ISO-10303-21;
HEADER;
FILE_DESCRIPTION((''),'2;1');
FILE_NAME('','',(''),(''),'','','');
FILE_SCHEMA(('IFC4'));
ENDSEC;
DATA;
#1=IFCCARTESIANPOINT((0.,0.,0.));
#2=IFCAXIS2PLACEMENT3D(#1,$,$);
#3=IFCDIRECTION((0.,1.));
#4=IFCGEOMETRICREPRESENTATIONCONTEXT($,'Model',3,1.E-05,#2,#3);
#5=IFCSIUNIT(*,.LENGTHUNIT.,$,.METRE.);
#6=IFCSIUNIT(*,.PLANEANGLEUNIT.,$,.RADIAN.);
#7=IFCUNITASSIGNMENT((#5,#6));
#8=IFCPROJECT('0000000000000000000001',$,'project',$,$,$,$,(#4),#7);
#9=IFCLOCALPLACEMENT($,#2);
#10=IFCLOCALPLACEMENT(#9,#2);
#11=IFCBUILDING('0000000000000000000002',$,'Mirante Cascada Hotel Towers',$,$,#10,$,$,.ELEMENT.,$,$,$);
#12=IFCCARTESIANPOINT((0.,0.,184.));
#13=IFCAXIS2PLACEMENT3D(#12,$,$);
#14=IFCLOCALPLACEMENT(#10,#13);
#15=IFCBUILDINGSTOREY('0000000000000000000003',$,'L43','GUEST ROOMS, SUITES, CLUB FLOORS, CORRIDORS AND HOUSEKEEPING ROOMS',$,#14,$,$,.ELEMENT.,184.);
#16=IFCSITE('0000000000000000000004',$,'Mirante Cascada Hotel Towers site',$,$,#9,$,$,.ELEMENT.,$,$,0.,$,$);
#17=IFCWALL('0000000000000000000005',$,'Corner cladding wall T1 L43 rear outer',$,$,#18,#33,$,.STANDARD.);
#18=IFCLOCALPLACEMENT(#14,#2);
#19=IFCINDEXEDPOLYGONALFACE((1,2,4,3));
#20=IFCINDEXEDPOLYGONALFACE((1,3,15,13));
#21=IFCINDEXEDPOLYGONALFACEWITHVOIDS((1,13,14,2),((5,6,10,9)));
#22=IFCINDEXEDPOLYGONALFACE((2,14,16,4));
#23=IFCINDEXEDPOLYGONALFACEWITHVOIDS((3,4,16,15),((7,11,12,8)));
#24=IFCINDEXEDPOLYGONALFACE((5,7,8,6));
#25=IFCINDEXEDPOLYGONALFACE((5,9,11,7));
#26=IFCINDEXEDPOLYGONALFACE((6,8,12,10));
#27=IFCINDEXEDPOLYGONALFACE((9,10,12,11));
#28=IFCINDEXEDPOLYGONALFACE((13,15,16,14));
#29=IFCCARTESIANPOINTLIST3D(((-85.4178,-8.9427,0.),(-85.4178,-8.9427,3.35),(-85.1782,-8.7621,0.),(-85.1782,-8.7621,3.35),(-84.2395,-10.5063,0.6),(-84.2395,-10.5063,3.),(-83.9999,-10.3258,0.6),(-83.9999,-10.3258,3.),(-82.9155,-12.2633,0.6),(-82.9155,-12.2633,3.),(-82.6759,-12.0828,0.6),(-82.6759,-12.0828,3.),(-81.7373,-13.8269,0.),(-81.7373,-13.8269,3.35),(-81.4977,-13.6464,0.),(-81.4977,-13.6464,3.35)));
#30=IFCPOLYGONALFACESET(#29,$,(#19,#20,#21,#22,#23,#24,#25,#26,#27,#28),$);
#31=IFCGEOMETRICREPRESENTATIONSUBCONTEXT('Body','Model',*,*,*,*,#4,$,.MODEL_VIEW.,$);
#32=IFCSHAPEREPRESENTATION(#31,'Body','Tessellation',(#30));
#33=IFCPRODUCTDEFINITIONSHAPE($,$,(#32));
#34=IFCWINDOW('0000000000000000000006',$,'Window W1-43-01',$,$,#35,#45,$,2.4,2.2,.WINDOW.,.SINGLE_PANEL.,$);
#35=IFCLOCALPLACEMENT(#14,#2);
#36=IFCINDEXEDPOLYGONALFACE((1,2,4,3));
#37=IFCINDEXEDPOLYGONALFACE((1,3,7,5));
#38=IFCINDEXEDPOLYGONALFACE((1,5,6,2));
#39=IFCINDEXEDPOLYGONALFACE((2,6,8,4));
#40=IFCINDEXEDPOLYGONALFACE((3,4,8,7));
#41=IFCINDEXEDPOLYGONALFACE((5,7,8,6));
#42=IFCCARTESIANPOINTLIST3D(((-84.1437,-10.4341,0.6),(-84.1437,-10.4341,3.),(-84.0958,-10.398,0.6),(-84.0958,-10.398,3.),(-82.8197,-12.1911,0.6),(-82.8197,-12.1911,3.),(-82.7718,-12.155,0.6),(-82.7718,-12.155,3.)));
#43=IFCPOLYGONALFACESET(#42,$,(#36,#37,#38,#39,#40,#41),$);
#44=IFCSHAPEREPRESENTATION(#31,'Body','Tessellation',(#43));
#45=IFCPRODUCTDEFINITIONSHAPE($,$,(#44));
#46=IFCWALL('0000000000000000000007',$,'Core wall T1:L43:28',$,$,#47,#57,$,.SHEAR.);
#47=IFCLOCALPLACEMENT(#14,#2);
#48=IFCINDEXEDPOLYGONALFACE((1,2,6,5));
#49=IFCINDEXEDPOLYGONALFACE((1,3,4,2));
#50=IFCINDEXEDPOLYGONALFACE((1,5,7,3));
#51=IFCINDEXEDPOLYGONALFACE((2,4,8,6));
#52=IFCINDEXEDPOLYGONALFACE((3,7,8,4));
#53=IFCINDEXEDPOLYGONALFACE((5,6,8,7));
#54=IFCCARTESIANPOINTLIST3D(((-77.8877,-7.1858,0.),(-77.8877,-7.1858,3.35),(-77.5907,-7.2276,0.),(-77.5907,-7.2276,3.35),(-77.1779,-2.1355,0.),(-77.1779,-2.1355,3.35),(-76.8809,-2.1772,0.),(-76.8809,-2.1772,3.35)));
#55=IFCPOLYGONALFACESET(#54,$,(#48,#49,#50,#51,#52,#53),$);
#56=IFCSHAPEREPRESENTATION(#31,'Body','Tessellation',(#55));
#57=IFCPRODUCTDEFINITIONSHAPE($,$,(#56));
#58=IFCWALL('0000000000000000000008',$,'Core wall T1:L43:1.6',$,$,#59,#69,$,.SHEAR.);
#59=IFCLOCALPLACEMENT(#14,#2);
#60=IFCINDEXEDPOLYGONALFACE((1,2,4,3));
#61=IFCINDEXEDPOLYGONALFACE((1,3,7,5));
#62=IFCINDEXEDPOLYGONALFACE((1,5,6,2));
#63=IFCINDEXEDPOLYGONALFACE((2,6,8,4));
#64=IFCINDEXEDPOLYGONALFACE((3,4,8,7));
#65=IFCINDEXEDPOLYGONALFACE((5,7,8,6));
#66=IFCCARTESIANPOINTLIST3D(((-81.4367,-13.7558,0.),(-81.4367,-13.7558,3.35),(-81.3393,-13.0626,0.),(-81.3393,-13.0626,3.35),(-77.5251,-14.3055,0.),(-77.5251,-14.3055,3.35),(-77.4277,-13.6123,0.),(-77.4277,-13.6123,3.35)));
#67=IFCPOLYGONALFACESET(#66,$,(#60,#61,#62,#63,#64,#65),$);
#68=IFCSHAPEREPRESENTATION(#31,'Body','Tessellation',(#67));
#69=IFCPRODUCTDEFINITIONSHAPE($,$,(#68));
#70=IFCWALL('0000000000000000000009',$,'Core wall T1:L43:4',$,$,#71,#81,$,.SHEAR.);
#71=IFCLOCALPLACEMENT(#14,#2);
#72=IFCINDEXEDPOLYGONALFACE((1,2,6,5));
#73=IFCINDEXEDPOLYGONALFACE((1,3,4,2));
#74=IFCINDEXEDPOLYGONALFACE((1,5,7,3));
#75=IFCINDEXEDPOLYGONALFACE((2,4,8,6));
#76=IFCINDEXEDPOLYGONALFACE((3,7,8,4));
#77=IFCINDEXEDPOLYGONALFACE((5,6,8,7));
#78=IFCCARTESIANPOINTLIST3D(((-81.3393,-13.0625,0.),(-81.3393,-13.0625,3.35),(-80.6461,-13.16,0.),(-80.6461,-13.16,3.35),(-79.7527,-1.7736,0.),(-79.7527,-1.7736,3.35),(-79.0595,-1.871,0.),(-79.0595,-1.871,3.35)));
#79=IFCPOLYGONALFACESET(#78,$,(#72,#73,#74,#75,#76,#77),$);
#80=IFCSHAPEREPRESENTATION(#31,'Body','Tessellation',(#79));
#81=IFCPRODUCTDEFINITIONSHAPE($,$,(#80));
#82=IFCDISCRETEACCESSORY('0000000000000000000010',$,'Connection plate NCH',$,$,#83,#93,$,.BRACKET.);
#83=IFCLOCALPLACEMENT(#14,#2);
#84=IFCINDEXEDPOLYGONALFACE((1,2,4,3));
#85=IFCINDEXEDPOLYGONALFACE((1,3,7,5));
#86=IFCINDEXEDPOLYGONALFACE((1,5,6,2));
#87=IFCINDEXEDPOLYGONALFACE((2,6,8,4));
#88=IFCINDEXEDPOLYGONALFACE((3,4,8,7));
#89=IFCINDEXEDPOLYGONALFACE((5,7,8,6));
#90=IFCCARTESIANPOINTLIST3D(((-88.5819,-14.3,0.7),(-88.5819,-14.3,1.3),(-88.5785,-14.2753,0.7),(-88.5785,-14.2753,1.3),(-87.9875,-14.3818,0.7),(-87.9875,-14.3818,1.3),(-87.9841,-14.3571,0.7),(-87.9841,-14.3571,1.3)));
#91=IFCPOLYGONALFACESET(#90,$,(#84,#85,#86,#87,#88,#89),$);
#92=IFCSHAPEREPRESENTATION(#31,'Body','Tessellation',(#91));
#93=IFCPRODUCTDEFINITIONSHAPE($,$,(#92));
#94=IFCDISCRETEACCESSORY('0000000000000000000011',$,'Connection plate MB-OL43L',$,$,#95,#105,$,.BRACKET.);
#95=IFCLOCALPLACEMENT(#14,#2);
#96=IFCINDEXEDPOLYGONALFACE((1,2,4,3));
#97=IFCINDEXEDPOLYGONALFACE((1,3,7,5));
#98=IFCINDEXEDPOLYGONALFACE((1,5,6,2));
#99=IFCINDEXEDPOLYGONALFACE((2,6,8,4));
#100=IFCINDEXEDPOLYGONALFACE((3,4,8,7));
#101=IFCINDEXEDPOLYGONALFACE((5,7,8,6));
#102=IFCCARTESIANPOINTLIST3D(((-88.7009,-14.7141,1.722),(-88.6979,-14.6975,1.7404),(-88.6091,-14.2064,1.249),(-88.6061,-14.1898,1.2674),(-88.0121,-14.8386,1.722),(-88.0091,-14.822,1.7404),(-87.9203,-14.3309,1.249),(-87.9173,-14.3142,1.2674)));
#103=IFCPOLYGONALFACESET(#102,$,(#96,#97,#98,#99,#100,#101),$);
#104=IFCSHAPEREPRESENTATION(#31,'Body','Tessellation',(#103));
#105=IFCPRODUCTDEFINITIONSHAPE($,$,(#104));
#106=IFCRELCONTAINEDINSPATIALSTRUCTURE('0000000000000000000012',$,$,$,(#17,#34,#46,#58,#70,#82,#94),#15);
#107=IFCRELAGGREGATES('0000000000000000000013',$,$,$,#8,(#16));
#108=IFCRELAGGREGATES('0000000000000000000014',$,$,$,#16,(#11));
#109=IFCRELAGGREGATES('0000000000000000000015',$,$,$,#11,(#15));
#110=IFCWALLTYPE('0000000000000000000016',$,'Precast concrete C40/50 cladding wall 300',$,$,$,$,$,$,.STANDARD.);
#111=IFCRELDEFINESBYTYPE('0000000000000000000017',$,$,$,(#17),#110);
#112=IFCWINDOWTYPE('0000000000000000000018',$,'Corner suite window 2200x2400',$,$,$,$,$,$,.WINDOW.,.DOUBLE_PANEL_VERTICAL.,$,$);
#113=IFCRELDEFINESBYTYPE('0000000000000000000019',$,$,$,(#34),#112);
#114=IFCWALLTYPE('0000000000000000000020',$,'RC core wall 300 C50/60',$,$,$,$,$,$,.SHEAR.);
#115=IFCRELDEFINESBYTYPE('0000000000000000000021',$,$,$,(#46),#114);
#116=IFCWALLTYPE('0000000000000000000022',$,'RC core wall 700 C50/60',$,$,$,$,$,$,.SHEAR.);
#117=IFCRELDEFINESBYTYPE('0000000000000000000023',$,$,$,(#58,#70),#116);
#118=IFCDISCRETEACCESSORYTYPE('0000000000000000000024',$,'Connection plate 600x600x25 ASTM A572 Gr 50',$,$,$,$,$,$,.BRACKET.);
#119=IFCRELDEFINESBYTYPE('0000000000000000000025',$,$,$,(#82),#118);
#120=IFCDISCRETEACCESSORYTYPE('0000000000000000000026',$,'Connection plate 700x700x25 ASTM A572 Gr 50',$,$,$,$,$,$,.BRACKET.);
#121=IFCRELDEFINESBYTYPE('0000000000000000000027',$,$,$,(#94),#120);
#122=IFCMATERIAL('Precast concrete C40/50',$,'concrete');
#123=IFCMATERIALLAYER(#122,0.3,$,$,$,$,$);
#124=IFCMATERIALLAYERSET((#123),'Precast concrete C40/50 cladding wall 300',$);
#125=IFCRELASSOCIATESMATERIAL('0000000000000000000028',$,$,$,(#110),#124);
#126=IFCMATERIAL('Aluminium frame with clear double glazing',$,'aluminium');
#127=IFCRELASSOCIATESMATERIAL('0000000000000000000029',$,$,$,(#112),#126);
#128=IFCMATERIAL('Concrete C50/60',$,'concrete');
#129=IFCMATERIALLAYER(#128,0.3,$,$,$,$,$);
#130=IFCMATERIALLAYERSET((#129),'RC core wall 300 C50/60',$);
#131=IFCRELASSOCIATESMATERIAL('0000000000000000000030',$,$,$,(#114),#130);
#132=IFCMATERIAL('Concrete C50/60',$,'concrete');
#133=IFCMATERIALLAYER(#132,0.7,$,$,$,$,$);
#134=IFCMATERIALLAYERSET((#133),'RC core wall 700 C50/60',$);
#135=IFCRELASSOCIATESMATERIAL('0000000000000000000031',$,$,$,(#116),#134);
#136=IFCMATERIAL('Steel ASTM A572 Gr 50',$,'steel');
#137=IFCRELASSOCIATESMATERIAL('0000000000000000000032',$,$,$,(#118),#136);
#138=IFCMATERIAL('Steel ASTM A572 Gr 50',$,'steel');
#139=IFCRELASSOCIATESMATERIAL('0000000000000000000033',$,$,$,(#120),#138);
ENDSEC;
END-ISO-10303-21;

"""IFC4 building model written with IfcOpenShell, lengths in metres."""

from ifc_helpers import new_model, si_unit, direction, frame, frame_2d, origin, origin_2d, place, context, subcontext, project, spatial, rectangle, extrude, material, layer, layer_set, material_profile, profile_set, type_object, element, fill, save


model = new_model("IFC4")

# Units and contexts
model_context = context("Model", 3, precision=1e-05, world=origin(), true_north=direction((0.0, 1.0)))
body_context = subcontext(model_context, "Body", "Model", "MODEL_VIEW")
ifc_project = project(units=[si_unit("LENGTHUNIT", "METRE"), si_unit("PLANEANGLEUNIT", "RADIAN")], contexts=[model_context])

# Site, building, storey
site_placement = place(None, origin())
site = spatial("IfcSite", under=ifc_project, at=site_placement, Name="Mirante Cascada Hotel Towers site", CompositionType="ELEMENT", RefElevation=0.0)
building_placement = place(site_placement, origin())
building = spatial("IfcBuilding", under=site, at=building_placement, Name="Mirante Cascada Hotel Towers", CompositionType="ELEMENT")
storey_placement = place(building_placement, frame((0.0, 0.0, 184.0)))
storey = spatial("IfcBuildingStorey", under=building, at=storey_placement, Name="L43", Description="GUEST ROOMS, SUITES, CLUB FLOORS, CORRIDORS AND HOUSEKEEPING ROOMS", CompositionType="ELEMENT", Elevation=184.0)

# Wall, opening, window
ifc_material_1 = material(Name="Precast concrete C40/50", Category="concrete")
ifc_layer_1 = layer(ifc_material_1, 0.3)
ifc_layer_set_1 = layer_set([ifc_layer_1], Name="Precast concrete C40/50 cladding wall 300")
wall_type_1 = type_object("IfcWallType", Name="Precast concrete C40/50 cladding wall 300", PredefinedType="STANDARD", material=ifc_layer_set_1)
wall_1_placement = place(storey_placement, frame((-81.6175, -13.7366, 0.0), z_axis=(0.0, 0.0, 1.0), x_axis=(-0.601814, 0.798636, 0.0)))
wall_1 = element("IfcWall", 1, at=wall_1_placement, inside=storey, type_object=wall_type_1, Name="Corner cladding wall T1 L43 rear outer", PredefinedType="STANDARD", context=body_context, shape_type="SweptSolid", body=[
    extrude(rectangle(XDim=6.1157, YDim=0.3, at=frame_2d((3.0578, 0.0))), origin(), (0.0, 0.0, 1.0), 3.35),
])
opening_1_placement = place(wall_1_placement, frame((1.9578, 0.0, 0.6)))
opening_1 = element("IfcOpeningElement", 2, at=opening_1_placement, cuts=wall_1, PredefinedType="OPENING", context=body_context, shape_type="SweptSolid", body=[
    extrude(rectangle(XDim=2.2, YDim=2.4, at=frame_2d((1.1, 1.2))), frame((0.0, 0.15, 0.0), z_axis=(0.0, -1.0, 0.0), x_axis=(1.0, 0.0, 0.0)), (0.0, 0.0, 1.0), 0.3),
])
ifc_material_2 = material(Name="Aluminium frame with clear double glazing", Category="aluminium")
window_type = type_object("IfcWindowType", Name="Corner suite window 2200x2400", PartitioningType="DOUBLE_PANEL_VERTICAL", PredefinedType="WINDOW", material=ifc_material_2)
window_placement = place(opening_1_placement, origin())
window = element("IfcWindow", 3, at=window_placement, inside=storey, type_object=window_type, Name="Window W1-43-01", OverallHeight=2.4, OverallWidth=2.2, PartitioningType="SINGLE_PANEL", PredefinedType="WINDOW", context=body_context, shape_type="SweptSolid", body=[
    extrude(rectangle(XDim=2.2, YDim=2.4, at=frame_2d((1.1, 1.2))), frame((0.0, 0.03, 0.0), z_axis=(0.0, -1.0, 0.0), x_axis=(1.0, 0.0, 0.0)), (0.0, 0.0, 1.0), 0.06),
])
fill(opening_1, window)

# Walls
ifc_material_3 = material(Name="Concrete C50/60", Category="concrete")
ifc_layer_2 = layer(ifc_material_3, 0.3)
ifc_layer_set_2 = layer_set([ifc_layer_2], Name="RC core wall 300 C50/60")
wall_type_2 = type_object("IfcWallType", Name="RC core wall 300 C50/60", PredefinedType="SHEAR", material=ifc_layer_set_2)
wall_2_placement = place(storey_placement, frame((-77.7392, -7.2067, 0.0), z_axis=(0.0, 0.0, 1.0), x_axis=(0.139176, 0.990268, 0.0)))
element("IfcWall", 4, at=wall_2_placement, inside=storey, type_object=wall_type_2, Name="Core wall T1:L43:28", PredefinedType="SHEAR", context=body_context, shape_type="SweptSolid", body=[
    extrude(rectangle(XDim=5.1, YDim=0.3, at=frame_2d((2.55, 0.0))), origin(), (0.0, 0.0, 1.0), 3.35),
])
ifc_material_4 = material(Name="Concrete C50/60", Category="concrete")
ifc_layer_3 = layer(ifc_material_4, 0.7)
ifc_layer_set_3 = layer_set([ifc_layer_3], Name="RC core wall 700 C50/60")
wall_type_3 = type_object("IfcWallType", Name="RC core wall 700 C50/60", PredefinedType="SHEAR", material=ifc_layer_set_3)
wall_3_placement = place(storey_placement, frame((-77.4764, -13.9589, 0.0), z_axis=(0.0, 0.0, 1.0), x_axis=(-0.990269, 0.139163, 0.0)))
element("IfcWall", 5, at=wall_3_placement, inside=storey, type_object=wall_type_3, Name="Core wall T1:L43:1.6", PredefinedType="SHEAR", context=body_context, shape_type="SweptSolid", body=[
    extrude(rectangle(XDim=3.95, YDim=0.7, at=frame_2d((1.975, 0.0))), origin(), (0.0, 0.0, 1.0), 3.35),
])
wall_4_placement = place(storey_placement, frame((-80.9927, -13.1113, 0.0), z_axis=(0.0, 0.0, 1.0), x_axis=(0.139176, 0.990268, 0.0)))
element("IfcWall", 6, at=wall_4_placement, inside=storey, type_object=wall_type_3, Name="Core wall T1:L43:4", PredefinedType="SHEAR", context=body_context, shape_type="SweptSolid", body=[
    extrude(rectangle(XDim=11.3999, YDim=0.7, at=frame_2d((5.7, 0.0))), origin(), (0.0, 0.0, 1.0), 3.35),
])

# Discrete accessories
ifc_material_5 = material(Name="Steel ASTM A572 Gr 50", Category="steel")
ifc_material_profile_1 = material_profile(ifc_material_5, rectangle(XDim=0.6, YDim=0.6, at=origin_2d()), Name="Connection plate 600x600x25 ASTM A572 Gr 50")
ifc_profile_set_1 = profile_set([ifc_material_profile_1], Name="Steel ASTM A572 Gr 50")
discrete_accessory_type_1 = type_object("IfcDiscreteAccessoryType", Name="Connection plate 600x600x25 ASTM A572 Gr 50", PredefinedType="BRACKET", material=ifc_profile_set_1)
discrete_accessory_1_placement = place(storey_placement, frame((-88.2847, -14.3409, 1.0), z_axis=(0.136366, 0.990658, 0.0), x_axis=(-0.990658, 0.136366, 0.0)))
element("IfcDiscreteAccessory", 7, at=discrete_accessory_1_placement, inside=storey, type_object=discrete_accessory_type_1, Name="Connection plate NCH", PredefinedType="BRACKET", context=body_context, shape_type="SweptSolid", body=[
    extrude(rectangle(XDim=0.6, YDim=0.6, at=origin_2d()), origin(), (0.0, 0.0, 1.0), 0.0249),
])
ifc_material_6 = material(Name="Steel ASTM A572 Gr 50", Category="steel")
ifc_material_profile_2 = material_profile(ifc_material_6, rectangle(XDim=0.7, YDim=0.7, at=origin_2d()), Name="Connection plate 700x700x25 ASTM A572 Gr 50")
ifc_profile_set_2 = profile_set([ifc_material_profile_2], Name="Steel ASTM A572 Gr 50")
discrete_accessory_type_2 = type_object("IfcDiscreteAccessoryType", Name="Connection plate 700x700x25 ASTM A572 Gr 50", PredefinedType="BRACKET", material=ifc_profile_set_2)
discrete_accessory_2_placement = place(storey_placement, frame((-88.3106, -14.5225, 1.4855), z_axis=(0.120181, 0.665001, 0.737109), x_axis=(-0.984059, 0.177842, 0.0)))
element("IfcDiscreteAccessory", 8, at=discrete_accessory_2_placement, inside=storey, type_object=discrete_accessory_type_2, Name="Connection plate MB-OL43L", PredefinedType="BRACKET", context=body_context, shape_type="SweptSolid", body=[
    extrude(rectangle(XDim=0.7, YDim=0.7, at=origin_2d()), origin(), (0.0, 0.0, 1.0), 0.025),
])

save(model, "model.ifc")
